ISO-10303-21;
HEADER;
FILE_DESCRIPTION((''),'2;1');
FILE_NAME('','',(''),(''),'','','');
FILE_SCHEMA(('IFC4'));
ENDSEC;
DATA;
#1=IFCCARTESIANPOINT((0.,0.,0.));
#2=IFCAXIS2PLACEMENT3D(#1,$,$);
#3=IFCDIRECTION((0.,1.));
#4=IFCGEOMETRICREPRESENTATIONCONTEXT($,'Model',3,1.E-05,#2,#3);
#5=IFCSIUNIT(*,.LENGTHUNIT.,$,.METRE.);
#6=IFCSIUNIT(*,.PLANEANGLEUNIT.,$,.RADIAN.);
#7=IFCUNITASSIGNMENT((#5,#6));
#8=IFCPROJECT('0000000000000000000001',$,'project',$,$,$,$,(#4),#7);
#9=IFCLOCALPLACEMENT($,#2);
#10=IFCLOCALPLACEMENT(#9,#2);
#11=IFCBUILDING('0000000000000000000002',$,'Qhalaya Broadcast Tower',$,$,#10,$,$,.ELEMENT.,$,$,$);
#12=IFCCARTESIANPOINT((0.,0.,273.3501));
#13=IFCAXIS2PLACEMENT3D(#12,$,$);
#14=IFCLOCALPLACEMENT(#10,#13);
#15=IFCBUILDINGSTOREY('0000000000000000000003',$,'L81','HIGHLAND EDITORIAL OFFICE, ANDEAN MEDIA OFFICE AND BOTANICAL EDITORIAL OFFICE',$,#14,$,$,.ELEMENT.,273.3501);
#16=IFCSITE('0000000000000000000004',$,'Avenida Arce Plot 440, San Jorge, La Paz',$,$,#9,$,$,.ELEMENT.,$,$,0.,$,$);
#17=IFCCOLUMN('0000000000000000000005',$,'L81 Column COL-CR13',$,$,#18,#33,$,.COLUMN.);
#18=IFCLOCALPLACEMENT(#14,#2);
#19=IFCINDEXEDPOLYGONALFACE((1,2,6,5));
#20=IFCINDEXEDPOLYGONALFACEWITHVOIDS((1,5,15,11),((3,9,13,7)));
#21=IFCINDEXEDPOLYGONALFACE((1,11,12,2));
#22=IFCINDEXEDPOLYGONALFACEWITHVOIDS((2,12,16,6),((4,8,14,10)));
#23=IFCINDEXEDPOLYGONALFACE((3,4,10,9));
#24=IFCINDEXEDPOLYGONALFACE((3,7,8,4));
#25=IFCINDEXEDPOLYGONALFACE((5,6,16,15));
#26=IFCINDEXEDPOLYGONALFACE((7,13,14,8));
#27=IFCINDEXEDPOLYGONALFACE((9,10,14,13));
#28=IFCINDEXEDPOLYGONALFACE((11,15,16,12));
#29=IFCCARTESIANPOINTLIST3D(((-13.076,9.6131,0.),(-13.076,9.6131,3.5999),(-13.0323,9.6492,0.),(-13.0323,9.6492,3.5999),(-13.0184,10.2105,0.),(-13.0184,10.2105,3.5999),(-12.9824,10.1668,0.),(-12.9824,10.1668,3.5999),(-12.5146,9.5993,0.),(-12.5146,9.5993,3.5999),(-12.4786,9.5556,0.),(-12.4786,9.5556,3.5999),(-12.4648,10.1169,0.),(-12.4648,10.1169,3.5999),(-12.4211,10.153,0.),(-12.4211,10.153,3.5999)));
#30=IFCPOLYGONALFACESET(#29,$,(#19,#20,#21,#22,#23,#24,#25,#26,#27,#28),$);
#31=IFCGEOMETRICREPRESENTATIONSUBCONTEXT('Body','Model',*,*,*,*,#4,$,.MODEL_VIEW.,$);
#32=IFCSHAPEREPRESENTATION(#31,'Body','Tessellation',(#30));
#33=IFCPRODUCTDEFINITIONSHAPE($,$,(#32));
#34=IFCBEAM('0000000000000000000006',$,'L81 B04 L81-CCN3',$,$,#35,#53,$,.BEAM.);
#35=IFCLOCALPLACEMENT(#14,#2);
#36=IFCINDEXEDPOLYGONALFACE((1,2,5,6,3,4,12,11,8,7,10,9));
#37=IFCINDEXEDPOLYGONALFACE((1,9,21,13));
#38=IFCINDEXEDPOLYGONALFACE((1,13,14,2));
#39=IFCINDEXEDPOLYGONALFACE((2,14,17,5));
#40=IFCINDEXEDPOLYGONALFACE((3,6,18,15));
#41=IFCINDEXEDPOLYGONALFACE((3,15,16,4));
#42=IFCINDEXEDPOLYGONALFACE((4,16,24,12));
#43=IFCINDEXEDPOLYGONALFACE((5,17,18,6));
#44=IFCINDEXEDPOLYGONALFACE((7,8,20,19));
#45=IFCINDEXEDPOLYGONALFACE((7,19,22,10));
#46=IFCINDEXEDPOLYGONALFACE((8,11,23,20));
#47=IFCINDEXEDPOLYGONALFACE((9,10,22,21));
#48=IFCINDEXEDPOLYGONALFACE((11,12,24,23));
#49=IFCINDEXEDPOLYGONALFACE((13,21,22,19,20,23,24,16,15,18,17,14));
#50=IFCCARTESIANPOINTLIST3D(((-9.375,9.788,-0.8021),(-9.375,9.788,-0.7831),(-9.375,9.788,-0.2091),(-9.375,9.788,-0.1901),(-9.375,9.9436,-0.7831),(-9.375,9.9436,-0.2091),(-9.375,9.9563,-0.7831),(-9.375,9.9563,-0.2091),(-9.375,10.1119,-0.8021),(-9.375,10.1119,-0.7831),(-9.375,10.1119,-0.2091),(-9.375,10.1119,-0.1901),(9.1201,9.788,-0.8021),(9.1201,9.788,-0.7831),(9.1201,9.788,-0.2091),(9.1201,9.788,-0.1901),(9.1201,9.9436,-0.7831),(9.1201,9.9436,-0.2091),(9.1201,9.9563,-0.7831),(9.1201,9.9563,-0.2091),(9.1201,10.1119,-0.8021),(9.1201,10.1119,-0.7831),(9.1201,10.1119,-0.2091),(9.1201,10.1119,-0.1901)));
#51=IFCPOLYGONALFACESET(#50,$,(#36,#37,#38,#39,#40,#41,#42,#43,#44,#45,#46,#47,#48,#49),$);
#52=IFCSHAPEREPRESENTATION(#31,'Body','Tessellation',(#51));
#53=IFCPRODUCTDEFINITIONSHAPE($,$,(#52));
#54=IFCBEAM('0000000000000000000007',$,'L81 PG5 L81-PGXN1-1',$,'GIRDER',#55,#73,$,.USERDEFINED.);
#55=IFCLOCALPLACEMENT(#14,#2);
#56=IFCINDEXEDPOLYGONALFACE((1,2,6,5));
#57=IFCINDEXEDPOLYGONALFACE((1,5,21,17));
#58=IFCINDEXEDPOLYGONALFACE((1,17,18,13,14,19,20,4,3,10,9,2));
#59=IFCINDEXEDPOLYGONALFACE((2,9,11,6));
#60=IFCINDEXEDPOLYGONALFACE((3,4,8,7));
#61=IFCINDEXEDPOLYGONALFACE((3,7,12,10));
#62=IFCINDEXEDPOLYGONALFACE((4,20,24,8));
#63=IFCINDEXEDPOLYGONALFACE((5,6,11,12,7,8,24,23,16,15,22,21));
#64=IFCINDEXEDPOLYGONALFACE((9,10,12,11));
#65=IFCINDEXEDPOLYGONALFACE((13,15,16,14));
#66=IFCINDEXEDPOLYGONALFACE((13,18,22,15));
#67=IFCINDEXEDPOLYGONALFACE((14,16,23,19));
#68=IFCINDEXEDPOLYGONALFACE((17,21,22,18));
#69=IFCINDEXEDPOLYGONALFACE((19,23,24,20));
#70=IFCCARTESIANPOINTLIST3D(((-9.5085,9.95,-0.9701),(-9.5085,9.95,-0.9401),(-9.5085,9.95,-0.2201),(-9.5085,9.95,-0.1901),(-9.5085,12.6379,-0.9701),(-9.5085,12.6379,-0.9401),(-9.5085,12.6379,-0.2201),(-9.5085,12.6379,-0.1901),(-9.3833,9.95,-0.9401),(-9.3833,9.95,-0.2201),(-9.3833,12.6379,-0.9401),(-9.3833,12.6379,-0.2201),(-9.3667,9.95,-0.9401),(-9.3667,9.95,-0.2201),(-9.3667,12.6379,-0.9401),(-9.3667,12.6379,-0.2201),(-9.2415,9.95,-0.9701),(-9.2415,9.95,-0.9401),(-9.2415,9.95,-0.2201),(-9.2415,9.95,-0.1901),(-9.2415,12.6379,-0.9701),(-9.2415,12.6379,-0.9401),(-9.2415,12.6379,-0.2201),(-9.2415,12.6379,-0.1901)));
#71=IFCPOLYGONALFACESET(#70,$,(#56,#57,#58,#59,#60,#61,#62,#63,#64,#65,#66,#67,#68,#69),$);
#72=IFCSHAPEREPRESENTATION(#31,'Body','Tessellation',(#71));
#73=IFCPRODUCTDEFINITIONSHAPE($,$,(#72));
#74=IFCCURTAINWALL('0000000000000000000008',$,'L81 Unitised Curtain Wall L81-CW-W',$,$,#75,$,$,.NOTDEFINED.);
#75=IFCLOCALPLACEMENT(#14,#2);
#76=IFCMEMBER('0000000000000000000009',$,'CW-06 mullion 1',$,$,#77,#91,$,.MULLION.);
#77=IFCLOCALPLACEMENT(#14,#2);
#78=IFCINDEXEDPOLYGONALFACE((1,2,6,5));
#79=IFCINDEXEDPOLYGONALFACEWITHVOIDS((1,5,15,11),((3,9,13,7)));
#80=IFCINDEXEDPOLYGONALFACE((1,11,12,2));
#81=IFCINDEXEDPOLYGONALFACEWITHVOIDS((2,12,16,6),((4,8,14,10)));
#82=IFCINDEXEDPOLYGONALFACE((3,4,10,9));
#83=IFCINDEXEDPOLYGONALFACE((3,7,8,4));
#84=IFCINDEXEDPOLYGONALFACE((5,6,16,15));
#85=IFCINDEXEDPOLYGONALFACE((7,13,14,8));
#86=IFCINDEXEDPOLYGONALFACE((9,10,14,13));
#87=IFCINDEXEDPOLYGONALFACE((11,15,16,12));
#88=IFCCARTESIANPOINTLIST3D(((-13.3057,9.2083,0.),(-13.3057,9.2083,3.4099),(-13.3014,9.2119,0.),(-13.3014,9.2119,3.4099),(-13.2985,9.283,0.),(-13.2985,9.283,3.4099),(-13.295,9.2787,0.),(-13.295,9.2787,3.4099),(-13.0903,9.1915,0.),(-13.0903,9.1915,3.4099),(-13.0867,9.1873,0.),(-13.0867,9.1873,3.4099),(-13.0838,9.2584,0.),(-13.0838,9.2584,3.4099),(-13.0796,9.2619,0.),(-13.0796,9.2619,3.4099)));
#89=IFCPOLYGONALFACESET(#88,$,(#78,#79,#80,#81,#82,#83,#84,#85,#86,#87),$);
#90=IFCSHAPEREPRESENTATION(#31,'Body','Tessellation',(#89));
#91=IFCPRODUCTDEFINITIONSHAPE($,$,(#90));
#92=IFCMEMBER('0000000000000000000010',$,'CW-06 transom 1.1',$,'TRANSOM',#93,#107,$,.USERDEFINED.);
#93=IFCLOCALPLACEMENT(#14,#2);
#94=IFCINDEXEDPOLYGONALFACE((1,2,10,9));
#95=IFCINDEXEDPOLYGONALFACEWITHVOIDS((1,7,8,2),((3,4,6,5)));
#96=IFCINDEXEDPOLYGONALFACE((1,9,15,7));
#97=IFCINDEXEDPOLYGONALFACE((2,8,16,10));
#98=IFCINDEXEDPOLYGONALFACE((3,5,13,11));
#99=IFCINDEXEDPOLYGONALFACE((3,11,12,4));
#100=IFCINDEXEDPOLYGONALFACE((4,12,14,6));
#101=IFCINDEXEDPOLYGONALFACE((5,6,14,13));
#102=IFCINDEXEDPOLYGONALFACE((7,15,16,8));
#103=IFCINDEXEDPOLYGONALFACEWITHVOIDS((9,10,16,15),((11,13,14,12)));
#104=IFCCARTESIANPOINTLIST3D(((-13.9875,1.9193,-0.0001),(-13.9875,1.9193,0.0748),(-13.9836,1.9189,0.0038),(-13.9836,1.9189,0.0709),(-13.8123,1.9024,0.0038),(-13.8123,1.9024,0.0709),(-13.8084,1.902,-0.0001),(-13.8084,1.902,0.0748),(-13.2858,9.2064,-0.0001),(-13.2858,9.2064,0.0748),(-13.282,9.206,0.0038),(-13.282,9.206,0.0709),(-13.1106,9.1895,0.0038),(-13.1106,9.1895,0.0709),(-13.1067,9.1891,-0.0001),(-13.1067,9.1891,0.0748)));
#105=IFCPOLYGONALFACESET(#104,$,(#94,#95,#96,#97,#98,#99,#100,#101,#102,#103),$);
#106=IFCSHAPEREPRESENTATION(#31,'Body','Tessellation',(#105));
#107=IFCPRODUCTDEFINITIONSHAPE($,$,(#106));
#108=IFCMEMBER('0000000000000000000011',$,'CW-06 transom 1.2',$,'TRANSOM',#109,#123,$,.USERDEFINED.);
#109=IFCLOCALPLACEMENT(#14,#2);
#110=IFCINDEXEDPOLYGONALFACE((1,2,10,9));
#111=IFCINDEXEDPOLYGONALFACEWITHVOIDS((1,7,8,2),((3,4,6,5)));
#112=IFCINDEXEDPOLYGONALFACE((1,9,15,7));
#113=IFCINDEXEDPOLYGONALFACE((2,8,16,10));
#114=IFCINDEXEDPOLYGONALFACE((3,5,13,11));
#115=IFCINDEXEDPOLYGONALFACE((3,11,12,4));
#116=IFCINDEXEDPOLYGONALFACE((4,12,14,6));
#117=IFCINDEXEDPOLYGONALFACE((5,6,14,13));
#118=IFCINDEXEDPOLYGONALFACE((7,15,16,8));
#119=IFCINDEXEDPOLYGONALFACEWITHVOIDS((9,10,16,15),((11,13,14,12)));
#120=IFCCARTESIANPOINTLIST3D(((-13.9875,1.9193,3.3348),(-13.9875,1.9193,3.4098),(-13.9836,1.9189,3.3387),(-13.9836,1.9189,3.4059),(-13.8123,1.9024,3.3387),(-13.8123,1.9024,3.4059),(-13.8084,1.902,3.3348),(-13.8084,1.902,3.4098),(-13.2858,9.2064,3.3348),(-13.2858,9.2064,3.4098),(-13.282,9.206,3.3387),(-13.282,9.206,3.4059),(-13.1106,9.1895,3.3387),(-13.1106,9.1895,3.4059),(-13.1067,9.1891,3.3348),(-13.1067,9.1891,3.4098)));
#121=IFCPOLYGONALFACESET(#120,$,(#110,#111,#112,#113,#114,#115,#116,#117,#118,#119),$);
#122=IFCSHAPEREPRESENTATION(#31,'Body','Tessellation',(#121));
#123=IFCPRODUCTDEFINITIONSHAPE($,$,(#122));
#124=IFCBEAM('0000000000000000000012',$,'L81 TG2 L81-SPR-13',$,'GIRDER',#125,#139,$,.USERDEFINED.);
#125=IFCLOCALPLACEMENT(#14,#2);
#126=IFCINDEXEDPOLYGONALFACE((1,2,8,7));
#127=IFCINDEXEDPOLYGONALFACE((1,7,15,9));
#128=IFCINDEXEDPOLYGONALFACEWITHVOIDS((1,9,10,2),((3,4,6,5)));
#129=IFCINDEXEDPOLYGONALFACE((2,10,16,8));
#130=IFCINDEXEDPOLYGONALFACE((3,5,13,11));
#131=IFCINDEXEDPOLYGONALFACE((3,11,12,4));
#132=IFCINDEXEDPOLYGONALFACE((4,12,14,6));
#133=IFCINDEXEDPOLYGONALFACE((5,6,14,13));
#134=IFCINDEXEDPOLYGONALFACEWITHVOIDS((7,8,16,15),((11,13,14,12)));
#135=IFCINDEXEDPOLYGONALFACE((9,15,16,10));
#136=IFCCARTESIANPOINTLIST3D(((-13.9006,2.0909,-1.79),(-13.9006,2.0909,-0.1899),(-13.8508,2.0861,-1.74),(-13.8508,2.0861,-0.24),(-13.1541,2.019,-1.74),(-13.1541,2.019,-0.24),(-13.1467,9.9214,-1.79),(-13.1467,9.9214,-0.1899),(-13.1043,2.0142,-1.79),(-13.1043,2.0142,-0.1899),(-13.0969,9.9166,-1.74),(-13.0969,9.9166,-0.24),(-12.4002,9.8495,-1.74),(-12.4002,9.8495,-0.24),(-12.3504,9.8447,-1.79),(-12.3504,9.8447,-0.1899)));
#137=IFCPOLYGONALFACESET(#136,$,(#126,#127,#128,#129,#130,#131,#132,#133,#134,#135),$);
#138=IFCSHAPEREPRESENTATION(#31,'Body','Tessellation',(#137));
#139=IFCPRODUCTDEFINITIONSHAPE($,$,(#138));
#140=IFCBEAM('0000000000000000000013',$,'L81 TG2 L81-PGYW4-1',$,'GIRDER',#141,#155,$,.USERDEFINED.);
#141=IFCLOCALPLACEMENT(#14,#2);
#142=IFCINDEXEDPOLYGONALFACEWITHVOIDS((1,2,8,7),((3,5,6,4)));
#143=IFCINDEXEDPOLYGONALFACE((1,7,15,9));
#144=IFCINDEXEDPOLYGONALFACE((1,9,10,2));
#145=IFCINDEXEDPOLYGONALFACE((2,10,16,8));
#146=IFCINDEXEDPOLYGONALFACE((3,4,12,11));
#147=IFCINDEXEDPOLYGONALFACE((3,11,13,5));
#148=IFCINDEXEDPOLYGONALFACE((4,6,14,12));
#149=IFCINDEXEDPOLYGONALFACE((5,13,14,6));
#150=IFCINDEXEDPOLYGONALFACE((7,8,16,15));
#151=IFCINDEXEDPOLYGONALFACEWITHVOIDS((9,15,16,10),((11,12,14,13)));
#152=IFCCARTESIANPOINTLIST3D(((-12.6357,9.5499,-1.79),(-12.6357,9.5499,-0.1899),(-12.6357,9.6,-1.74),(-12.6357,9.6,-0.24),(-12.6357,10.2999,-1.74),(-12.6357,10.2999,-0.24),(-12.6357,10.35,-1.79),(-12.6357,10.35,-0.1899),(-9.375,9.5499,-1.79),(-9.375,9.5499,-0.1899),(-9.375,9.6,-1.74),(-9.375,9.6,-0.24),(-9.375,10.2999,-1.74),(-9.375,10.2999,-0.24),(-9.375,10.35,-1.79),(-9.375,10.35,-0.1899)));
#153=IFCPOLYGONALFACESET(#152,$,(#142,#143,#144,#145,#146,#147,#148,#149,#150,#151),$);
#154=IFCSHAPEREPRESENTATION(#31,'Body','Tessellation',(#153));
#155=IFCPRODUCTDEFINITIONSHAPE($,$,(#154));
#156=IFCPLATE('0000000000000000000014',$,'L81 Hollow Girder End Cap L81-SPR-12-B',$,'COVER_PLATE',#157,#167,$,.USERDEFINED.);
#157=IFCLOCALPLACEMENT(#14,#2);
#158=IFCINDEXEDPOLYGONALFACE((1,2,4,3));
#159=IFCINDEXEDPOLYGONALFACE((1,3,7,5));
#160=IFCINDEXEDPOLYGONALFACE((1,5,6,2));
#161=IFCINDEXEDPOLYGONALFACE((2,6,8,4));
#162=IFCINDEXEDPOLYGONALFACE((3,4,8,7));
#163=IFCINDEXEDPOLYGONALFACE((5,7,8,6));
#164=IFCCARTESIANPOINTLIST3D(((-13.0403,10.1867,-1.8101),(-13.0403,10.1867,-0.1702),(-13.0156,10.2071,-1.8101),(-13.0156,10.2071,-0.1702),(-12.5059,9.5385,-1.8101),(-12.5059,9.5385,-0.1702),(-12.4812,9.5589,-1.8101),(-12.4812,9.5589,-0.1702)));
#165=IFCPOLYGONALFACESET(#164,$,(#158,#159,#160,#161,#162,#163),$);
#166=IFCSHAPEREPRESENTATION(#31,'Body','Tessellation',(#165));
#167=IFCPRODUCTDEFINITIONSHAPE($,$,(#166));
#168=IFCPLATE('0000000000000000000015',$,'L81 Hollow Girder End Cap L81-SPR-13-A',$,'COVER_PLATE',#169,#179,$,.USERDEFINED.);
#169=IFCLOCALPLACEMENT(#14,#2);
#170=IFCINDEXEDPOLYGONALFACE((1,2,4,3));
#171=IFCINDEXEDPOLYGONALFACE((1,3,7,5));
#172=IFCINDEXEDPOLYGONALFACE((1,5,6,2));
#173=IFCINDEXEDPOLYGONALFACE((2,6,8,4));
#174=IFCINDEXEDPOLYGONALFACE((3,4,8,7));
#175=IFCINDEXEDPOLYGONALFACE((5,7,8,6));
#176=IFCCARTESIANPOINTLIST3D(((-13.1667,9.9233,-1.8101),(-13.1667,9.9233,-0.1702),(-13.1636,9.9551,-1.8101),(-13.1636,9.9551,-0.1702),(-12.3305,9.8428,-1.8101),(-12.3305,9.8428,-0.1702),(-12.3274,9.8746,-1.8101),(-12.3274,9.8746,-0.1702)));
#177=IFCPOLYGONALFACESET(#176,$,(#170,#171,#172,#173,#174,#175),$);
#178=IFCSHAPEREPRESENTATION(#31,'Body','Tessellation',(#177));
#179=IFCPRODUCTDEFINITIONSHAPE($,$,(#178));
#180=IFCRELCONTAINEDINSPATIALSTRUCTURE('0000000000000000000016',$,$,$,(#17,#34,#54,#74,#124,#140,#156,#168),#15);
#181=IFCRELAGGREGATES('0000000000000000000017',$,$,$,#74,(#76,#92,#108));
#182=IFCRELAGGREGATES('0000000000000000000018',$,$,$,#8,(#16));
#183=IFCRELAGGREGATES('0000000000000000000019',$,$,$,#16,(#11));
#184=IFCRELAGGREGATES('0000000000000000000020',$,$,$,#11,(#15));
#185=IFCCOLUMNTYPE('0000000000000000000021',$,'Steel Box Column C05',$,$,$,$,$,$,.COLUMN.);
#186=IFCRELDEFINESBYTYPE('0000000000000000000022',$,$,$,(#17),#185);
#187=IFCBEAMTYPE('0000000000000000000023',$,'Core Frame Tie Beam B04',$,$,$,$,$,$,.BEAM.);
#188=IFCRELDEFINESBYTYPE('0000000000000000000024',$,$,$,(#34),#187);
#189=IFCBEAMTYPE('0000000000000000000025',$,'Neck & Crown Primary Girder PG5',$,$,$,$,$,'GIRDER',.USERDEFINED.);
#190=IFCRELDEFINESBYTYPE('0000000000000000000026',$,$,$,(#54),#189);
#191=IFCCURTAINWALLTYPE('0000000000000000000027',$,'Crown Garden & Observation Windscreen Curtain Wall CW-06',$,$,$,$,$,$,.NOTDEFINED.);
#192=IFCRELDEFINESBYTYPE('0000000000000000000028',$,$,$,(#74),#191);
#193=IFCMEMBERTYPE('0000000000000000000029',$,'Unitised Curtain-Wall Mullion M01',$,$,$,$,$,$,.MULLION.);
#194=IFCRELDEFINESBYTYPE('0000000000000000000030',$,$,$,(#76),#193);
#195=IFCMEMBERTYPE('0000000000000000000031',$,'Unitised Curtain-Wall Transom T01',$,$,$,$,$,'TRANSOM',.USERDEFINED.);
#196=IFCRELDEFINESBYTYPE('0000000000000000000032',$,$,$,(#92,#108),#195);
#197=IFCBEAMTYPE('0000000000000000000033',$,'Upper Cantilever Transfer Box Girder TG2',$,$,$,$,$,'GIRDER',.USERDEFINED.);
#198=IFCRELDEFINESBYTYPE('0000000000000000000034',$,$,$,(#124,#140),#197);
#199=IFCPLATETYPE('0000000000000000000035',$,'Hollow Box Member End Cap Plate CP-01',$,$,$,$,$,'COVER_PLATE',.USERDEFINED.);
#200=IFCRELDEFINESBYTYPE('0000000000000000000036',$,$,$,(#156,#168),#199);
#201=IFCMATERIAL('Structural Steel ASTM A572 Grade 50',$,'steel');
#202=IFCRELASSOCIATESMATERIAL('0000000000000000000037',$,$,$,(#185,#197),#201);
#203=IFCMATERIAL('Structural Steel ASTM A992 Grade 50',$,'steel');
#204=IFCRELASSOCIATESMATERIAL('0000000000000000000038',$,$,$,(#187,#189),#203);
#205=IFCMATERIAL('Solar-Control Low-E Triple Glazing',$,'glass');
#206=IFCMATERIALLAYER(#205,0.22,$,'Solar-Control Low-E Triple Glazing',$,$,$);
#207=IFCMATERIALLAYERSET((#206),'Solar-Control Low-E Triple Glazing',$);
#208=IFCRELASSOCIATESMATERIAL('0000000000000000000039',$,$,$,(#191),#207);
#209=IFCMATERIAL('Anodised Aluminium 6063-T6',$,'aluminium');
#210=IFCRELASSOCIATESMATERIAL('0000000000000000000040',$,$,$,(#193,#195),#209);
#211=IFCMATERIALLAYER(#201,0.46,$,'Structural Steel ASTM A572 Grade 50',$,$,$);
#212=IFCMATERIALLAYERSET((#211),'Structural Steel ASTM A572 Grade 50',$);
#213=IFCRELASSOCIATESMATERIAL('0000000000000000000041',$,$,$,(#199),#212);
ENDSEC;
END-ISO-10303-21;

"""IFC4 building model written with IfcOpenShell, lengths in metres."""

from ifc_helpers import new_model, si_unit, direction, frame, origin, origin_2d, place, context, subcontext, project, spatial, rectangle, hollow_rectangle, i_section, extrude, material, layer, layer_set, material_profile, profile_set, type_object, element, aggregate, save


model = new_model("IFC4")

# Units and contexts
model_context = context("Model", 3, precision=1e-05, world=origin(), true_north=direction((0.0, 1.0)))
body_context = subcontext(model_context, "Body", "Model", "MODEL_VIEW")
ifc_project = project(units=[si_unit("LENGTHUNIT", "METRE"), si_unit("PLANEANGLEUNIT", "RADIAN")], contexts=[model_context])

# Site, building, storey
site_placement = place(None, origin())
site = spatial("IfcSite", under=ifc_project, at=site_placement, Name="Avenida Arce Plot 440, San Jorge, La Paz", CompositionType="ELEMENT", RefElevation=0.0)
building_placement = place(site_placement, origin())
building = spatial("IfcBuilding", under=site, at=building_placement, Name="Qhalaya Broadcast Tower", CompositionType="ELEMENT")
storey_placement = place(building_placement, frame((0.0, 0.0, 273.3501)))
storey = spatial("IfcBuildingStorey", under=building, at=storey_placement, Name="L81", Description="HIGHLAND EDITORIAL OFFICE, ANDEAN MEDIA OFFICE AND BOTANICAL EDITORIAL OFFICE", CompositionType="ELEMENT", Elevation=273.3501)

# Column
ifc_material_1 = material(Name="Structural Steel ASTM A572 Grade 50", Category="steel")
ifc_material_profile_1 = material_profile(ifc_material_1, hollow_rectangle(XDim=0.6001, YDim=0.6001, WallThickness=0.04, at=origin_2d()), Name="BOX 600x600x40")
ifc_profile_set_1 = profile_set([ifc_material_profile_1], Name="Structural Steel ASTM A572 Grade 50")
column_type = type_object("IfcColumnType", Name="Steel Box Column C05", PredefinedType="COLUMN", material=ifc_profile_set_1)
column_placement = place(storey_placement, frame((-12.7485, 9.8831, 0.0), z_axis=(0.0, 0.0, 1.0), x_axis=(0.095846, 0.995396, 0.0)))
element("IfcColumn", 1, at=column_placement, inside=storey, type_object=column_type, Name="L81 Column COL-CR13", PredefinedType="COLUMN", context=body_context, shape_type="SweptSolid", body=[
    extrude(hollow_rectangle(XDim=0.6001, YDim=0.6001, WallThickness=0.04, at=origin_2d()), origin(), (0.0, 0.0, 1.0), 3.5999),
])

# Beams
ifc_material_2 = material(Name="Structural Steel ASTM A992 Grade 50", Category="steel")
ifc_material_profile_2 = material_profile(ifc_material_2, i_section(OverallWidth=0.324, OverallDepth=0.6121, WebThickness=0.0127, FlangeThickness=0.019, at=origin_2d()), Name="W24X104")
ifc_profile_set_2 = profile_set([ifc_material_profile_2], Name="Structural Steel ASTM A992 Grade 50")
beam_type_1 = type_object("IfcBeamType", Name="Core Frame Tie Beam B04", PredefinedType="BEAM", material=ifc_profile_set_2)
beam_1_placement = place(storey_placement, frame((-9.375, 9.95, -0.4961), z_axis=(1.0, 0.0, 0.0), x_axis=(0.0, 1.0, 0.0)))
element("IfcBeam", 2, at=beam_1_placement, inside=storey, type_object=beam_type_1, Name="L81 B04 L81-CCN3", PredefinedType="BEAM", context=body_context, shape_type="SweptSolid", body=[
    extrude(i_section(OverallWidth=0.324, OverallDepth=0.6121, WebThickness=0.0127, FlangeThickness=0.019, at=origin_2d()), origin(), (0.0, 0.0, 1.0), 18.4951),
])
ifc_material_profile_3 = material_profile(ifc_material_2, i_section(OverallWidth=0.2671, OverallDepth=0.78, WebThickness=0.0166, FlangeThickness=0.03, at=origin_2d()), Name="W30X148")
ifc_profile_set_3 = profile_set([ifc_material_profile_3], Name="Structural Steel ASTM A992 Grade 50")
beam_type_2 = type_object("IfcBeamType", Name="Neck & Crown Primary Girder PG5", ElementType="GIRDER", PredefinedType="USERDEFINED", material=ifc_profile_set_3)
beam_2_placement = place(storey_placement, frame((-9.375, 9.95, -0.5801), z_axis=(0.0, 1.0, 0.0), x_axis=(-1.0, 0.0, 0.0)))
element("IfcBeam", 3, at=beam_2_placement, inside=storey, type_object=beam_type_2, Name="L81 PG5 L81-PGXN1-1", ObjectType="GIRDER", PredefinedType="USERDEFINED", context=body_context, shape_type="SweptSolid", body=[
    extrude(i_section(OverallWidth=0.2671, OverallDepth=0.78, WebThickness=0.0166, FlangeThickness=0.03, at=origin_2d()), origin(), (0.0, 0.0, 1.0), 2.688),
])

# Curtain wall, members
ifc_material_3 = material(Name="Solar-Control Low-E Triple Glazing", Category="glass")
ifc_layer_1 = layer(ifc_material_3, 0.22, Name="Solar-Control Low-E Triple Glazing")
ifc_layer_set_1 = layer_set([ifc_layer_1], Name="Solar-Control Low-E Triple Glazing")
curtain_wall_type = type_object("IfcCurtainWallType", Name="Crown Garden & Observation Windscreen Curtain Wall CW-06", PredefinedType="NOTDEFINED", material=ifc_layer_set_1)
curtain_wall_placement = place(storey_placement, origin())
curtain_wall = element("IfcCurtainWall", 4, at=curtain_wall_placement, inside=storey, type_object=curtain_wall_type, Name="L81 Unitised Curtain Wall L81-CW-W", PredefinedType="NOTDEFINED")
ifc_material_4 = material(Name="Anodised Aluminium 6063-T6", Category="aluminium")
ifc_material_profile_4 = material_profile(ifc_material_4, hollow_rectangle(XDim=0.075, YDim=0.22, WallThickness=0.0039, at=origin_2d()), Name="ALU-MUL 75x220x4")
ifc_profile_set_4 = profile_set([ifc_material_profile_4], Name="Anodised Aluminium 6063-T6")
member_type_1 = type_object("IfcMemberType", Name="Unitised Curtain-Wall Mullion M01", PredefinedType="MULLION", material=ifc_profile_set_4)
member_1_placement = place(storey_placement, frame((-13.1926, 9.2351, 0.0), z_axis=(0.0, 0.0, 1.0), x_axis=(-0.095848, -0.995396, 0.0)))
member_1 = element("IfcMember", 5, at=member_1_placement, type_object=member_type_1, Name="CW-06 mullion 1", PredefinedType="MULLION", context=body_context, shape_type="SweptSolid", body=[
    extrude(hollow_rectangle(XDim=0.075, YDim=0.22, WallThickness=0.0039, at=origin_2d()), origin(), (0.0, 0.0, 1.0), 3.4099),
])
ifc_material_profile_5 = material_profile(ifc_material_4, hollow_rectangle(XDim=0.075, YDim=0.1799, WallThickness=0.0039, at=origin_2d()), Name="ALU-TRN 75x180x4")
ifc_profile_set_5 = profile_set([ifc_material_profile_5], Name="Anodised Aluminium 6063-T6")
member_type_2 = type_object("IfcMemberType", Name="Unitised Curtain-Wall Transom T01", ElementType="TRANSOM", PredefinedType="USERDEFINED", material=ifc_profile_set_5)
member_2_placement = place(storey_placement, frame((-13.1963, 9.1978, 0.0374), z_axis=(-0.095845, -0.995396, 0.0), x_axis=(0.0, 0.0, 1.0)))
member_2 = element("IfcMember", 6, at=member_2_placement, type_object=member_type_2, Name="CW-06 transom 1.1", ObjectType="TRANSOM", PredefinedType="USERDEFINED", context=body_context, shape_type="SweptSolid", body=[
    extrude(hollow_rectangle(XDim=0.075, YDim=0.1799, WallThickness=0.0039, at=origin_2d()), origin(), (0.0, 0.0, 1.0), 7.3208),
])
member_3_placement = place(storey_placement, frame((-13.1963, 9.1978, 3.3723), z_axis=(-0.095845, -0.995396, 0.0), x_axis=(0.0, 0.0, 1.0)))
member_3 = element("IfcMember", 7, at=member_3_placement, type_object=member_type_2, Name="CW-06 transom 1.2", ObjectType="TRANSOM", PredefinedType="USERDEFINED", context=body_context, shape_type="SweptSolid", body=[
    extrude(hollow_rectangle(XDim=0.075, YDim=0.1799, WallThickness=0.0039, at=origin_2d()), origin(), (0.0, 0.0, 1.0), 7.3208),
])
aggregate(curtain_wall, [member_1, member_2, member_3])

# Beams
ifc_material_profile_6 = material_profile(ifc_material_1, hollow_rectangle(XDim=0.8, YDim=1.6001, WallThickness=0.05, at=origin_2d()), Name="BOX 800x1600x50")
ifc_profile_set_6 = profile_set([ifc_material_profile_6], Name="Structural Steel ASTM A572 Grade 50")
beam_type_3 = type_object("IfcBeamType", Name="Upper Cantilever Transfer Box Girder TG2", ElementType="GIRDER", PredefinedType="USERDEFINED", material=ifc_profile_set_6)
beam_3_placement = place(storey_placement, frame((-12.7485, 9.8831, -0.99), z_axis=(-0.095834, -0.995397, 0.0), x_axis=(0.995397, -0.095834, 0.0)))
element("IfcBeam", 8, at=beam_3_placement, inside=storey, type_object=beam_type_3, Name="L81 TG2 L81-SPR-13", ObjectType="GIRDER", PredefinedType="USERDEFINED", context=body_context, shape_type="SweptSolid", body=[
    extrude(hollow_rectangle(XDim=0.8, YDim=1.6001, WallThickness=0.05, at=origin_2d()), origin(), (0.0, 0.0, 1.0), 7.8667),
])
beam_4_placement = place(storey_placement, frame((-12.6357, 9.95, -0.99), z_axis=(1.0, 0.0, 0.0), x_axis=(0.0, 1.0, 0.0)))
element("IfcBeam", 9, at=beam_4_placement, inside=storey, type_object=beam_type_3, Name="L81 TG2 L81-PGYW4-1", ObjectType="GIRDER", PredefinedType="USERDEFINED", context=body_context, shape_type="SweptSolid", body=[
    extrude(hollow_rectangle(XDim=0.8, YDim=1.6001, WallThickness=0.05, at=origin_2d()), origin(), (0.0, 0.0, 1.0), 3.2607),
])

# Plates
ifc_layer_2 = layer(ifc_material_1, 0.46, Name="Structural Steel ASTM A572 Grade 50")
ifc_layer_set_2 = layer_set([ifc_layer_2], Name="Structural Steel ASTM A572 Grade 50")
plate_type = type_object("IfcPlateType", Name="Hollow Box Member End Cap Plate CP-01", ElementType="COVER_PLATE", PredefinedType="USERDEFINED", material=ifc_layer_set_2)
for number, where, z_axis, x_axis, name in (
    (10, (-12.7607, 9.8728, -1.8101), (0.0, 0.0, 1.0), (0.636078, -0.771625, 0.0), "L81 Hollow Girder End Cap L81-SPR-12-B"),
    (11, (-12.7471, 9.8989, -1.8101), (0.0, 0.0, 1.0), (0.995398, -0.095828, 0.0), "L81 Hollow Girder End Cap L81-SPR-13-A"),
):
    element("IfcPlate", number, at=place(storey_placement, frame(where, z_axis=z_axis, x_axis=x_axis)), inside=storey, type_object=plate_type, Name=name, ObjectType="COVER_PLATE", PredefinedType="USERDEFINED", context=body_context, shape_type="SweptSolid", body=[
        extrude(rectangle(XDim=0.8401, YDim=0.032, at=origin_2d()), origin(), (0.0, 0.0, 1.0), 1.6399),
    ])

save(model, "model.ifc")
